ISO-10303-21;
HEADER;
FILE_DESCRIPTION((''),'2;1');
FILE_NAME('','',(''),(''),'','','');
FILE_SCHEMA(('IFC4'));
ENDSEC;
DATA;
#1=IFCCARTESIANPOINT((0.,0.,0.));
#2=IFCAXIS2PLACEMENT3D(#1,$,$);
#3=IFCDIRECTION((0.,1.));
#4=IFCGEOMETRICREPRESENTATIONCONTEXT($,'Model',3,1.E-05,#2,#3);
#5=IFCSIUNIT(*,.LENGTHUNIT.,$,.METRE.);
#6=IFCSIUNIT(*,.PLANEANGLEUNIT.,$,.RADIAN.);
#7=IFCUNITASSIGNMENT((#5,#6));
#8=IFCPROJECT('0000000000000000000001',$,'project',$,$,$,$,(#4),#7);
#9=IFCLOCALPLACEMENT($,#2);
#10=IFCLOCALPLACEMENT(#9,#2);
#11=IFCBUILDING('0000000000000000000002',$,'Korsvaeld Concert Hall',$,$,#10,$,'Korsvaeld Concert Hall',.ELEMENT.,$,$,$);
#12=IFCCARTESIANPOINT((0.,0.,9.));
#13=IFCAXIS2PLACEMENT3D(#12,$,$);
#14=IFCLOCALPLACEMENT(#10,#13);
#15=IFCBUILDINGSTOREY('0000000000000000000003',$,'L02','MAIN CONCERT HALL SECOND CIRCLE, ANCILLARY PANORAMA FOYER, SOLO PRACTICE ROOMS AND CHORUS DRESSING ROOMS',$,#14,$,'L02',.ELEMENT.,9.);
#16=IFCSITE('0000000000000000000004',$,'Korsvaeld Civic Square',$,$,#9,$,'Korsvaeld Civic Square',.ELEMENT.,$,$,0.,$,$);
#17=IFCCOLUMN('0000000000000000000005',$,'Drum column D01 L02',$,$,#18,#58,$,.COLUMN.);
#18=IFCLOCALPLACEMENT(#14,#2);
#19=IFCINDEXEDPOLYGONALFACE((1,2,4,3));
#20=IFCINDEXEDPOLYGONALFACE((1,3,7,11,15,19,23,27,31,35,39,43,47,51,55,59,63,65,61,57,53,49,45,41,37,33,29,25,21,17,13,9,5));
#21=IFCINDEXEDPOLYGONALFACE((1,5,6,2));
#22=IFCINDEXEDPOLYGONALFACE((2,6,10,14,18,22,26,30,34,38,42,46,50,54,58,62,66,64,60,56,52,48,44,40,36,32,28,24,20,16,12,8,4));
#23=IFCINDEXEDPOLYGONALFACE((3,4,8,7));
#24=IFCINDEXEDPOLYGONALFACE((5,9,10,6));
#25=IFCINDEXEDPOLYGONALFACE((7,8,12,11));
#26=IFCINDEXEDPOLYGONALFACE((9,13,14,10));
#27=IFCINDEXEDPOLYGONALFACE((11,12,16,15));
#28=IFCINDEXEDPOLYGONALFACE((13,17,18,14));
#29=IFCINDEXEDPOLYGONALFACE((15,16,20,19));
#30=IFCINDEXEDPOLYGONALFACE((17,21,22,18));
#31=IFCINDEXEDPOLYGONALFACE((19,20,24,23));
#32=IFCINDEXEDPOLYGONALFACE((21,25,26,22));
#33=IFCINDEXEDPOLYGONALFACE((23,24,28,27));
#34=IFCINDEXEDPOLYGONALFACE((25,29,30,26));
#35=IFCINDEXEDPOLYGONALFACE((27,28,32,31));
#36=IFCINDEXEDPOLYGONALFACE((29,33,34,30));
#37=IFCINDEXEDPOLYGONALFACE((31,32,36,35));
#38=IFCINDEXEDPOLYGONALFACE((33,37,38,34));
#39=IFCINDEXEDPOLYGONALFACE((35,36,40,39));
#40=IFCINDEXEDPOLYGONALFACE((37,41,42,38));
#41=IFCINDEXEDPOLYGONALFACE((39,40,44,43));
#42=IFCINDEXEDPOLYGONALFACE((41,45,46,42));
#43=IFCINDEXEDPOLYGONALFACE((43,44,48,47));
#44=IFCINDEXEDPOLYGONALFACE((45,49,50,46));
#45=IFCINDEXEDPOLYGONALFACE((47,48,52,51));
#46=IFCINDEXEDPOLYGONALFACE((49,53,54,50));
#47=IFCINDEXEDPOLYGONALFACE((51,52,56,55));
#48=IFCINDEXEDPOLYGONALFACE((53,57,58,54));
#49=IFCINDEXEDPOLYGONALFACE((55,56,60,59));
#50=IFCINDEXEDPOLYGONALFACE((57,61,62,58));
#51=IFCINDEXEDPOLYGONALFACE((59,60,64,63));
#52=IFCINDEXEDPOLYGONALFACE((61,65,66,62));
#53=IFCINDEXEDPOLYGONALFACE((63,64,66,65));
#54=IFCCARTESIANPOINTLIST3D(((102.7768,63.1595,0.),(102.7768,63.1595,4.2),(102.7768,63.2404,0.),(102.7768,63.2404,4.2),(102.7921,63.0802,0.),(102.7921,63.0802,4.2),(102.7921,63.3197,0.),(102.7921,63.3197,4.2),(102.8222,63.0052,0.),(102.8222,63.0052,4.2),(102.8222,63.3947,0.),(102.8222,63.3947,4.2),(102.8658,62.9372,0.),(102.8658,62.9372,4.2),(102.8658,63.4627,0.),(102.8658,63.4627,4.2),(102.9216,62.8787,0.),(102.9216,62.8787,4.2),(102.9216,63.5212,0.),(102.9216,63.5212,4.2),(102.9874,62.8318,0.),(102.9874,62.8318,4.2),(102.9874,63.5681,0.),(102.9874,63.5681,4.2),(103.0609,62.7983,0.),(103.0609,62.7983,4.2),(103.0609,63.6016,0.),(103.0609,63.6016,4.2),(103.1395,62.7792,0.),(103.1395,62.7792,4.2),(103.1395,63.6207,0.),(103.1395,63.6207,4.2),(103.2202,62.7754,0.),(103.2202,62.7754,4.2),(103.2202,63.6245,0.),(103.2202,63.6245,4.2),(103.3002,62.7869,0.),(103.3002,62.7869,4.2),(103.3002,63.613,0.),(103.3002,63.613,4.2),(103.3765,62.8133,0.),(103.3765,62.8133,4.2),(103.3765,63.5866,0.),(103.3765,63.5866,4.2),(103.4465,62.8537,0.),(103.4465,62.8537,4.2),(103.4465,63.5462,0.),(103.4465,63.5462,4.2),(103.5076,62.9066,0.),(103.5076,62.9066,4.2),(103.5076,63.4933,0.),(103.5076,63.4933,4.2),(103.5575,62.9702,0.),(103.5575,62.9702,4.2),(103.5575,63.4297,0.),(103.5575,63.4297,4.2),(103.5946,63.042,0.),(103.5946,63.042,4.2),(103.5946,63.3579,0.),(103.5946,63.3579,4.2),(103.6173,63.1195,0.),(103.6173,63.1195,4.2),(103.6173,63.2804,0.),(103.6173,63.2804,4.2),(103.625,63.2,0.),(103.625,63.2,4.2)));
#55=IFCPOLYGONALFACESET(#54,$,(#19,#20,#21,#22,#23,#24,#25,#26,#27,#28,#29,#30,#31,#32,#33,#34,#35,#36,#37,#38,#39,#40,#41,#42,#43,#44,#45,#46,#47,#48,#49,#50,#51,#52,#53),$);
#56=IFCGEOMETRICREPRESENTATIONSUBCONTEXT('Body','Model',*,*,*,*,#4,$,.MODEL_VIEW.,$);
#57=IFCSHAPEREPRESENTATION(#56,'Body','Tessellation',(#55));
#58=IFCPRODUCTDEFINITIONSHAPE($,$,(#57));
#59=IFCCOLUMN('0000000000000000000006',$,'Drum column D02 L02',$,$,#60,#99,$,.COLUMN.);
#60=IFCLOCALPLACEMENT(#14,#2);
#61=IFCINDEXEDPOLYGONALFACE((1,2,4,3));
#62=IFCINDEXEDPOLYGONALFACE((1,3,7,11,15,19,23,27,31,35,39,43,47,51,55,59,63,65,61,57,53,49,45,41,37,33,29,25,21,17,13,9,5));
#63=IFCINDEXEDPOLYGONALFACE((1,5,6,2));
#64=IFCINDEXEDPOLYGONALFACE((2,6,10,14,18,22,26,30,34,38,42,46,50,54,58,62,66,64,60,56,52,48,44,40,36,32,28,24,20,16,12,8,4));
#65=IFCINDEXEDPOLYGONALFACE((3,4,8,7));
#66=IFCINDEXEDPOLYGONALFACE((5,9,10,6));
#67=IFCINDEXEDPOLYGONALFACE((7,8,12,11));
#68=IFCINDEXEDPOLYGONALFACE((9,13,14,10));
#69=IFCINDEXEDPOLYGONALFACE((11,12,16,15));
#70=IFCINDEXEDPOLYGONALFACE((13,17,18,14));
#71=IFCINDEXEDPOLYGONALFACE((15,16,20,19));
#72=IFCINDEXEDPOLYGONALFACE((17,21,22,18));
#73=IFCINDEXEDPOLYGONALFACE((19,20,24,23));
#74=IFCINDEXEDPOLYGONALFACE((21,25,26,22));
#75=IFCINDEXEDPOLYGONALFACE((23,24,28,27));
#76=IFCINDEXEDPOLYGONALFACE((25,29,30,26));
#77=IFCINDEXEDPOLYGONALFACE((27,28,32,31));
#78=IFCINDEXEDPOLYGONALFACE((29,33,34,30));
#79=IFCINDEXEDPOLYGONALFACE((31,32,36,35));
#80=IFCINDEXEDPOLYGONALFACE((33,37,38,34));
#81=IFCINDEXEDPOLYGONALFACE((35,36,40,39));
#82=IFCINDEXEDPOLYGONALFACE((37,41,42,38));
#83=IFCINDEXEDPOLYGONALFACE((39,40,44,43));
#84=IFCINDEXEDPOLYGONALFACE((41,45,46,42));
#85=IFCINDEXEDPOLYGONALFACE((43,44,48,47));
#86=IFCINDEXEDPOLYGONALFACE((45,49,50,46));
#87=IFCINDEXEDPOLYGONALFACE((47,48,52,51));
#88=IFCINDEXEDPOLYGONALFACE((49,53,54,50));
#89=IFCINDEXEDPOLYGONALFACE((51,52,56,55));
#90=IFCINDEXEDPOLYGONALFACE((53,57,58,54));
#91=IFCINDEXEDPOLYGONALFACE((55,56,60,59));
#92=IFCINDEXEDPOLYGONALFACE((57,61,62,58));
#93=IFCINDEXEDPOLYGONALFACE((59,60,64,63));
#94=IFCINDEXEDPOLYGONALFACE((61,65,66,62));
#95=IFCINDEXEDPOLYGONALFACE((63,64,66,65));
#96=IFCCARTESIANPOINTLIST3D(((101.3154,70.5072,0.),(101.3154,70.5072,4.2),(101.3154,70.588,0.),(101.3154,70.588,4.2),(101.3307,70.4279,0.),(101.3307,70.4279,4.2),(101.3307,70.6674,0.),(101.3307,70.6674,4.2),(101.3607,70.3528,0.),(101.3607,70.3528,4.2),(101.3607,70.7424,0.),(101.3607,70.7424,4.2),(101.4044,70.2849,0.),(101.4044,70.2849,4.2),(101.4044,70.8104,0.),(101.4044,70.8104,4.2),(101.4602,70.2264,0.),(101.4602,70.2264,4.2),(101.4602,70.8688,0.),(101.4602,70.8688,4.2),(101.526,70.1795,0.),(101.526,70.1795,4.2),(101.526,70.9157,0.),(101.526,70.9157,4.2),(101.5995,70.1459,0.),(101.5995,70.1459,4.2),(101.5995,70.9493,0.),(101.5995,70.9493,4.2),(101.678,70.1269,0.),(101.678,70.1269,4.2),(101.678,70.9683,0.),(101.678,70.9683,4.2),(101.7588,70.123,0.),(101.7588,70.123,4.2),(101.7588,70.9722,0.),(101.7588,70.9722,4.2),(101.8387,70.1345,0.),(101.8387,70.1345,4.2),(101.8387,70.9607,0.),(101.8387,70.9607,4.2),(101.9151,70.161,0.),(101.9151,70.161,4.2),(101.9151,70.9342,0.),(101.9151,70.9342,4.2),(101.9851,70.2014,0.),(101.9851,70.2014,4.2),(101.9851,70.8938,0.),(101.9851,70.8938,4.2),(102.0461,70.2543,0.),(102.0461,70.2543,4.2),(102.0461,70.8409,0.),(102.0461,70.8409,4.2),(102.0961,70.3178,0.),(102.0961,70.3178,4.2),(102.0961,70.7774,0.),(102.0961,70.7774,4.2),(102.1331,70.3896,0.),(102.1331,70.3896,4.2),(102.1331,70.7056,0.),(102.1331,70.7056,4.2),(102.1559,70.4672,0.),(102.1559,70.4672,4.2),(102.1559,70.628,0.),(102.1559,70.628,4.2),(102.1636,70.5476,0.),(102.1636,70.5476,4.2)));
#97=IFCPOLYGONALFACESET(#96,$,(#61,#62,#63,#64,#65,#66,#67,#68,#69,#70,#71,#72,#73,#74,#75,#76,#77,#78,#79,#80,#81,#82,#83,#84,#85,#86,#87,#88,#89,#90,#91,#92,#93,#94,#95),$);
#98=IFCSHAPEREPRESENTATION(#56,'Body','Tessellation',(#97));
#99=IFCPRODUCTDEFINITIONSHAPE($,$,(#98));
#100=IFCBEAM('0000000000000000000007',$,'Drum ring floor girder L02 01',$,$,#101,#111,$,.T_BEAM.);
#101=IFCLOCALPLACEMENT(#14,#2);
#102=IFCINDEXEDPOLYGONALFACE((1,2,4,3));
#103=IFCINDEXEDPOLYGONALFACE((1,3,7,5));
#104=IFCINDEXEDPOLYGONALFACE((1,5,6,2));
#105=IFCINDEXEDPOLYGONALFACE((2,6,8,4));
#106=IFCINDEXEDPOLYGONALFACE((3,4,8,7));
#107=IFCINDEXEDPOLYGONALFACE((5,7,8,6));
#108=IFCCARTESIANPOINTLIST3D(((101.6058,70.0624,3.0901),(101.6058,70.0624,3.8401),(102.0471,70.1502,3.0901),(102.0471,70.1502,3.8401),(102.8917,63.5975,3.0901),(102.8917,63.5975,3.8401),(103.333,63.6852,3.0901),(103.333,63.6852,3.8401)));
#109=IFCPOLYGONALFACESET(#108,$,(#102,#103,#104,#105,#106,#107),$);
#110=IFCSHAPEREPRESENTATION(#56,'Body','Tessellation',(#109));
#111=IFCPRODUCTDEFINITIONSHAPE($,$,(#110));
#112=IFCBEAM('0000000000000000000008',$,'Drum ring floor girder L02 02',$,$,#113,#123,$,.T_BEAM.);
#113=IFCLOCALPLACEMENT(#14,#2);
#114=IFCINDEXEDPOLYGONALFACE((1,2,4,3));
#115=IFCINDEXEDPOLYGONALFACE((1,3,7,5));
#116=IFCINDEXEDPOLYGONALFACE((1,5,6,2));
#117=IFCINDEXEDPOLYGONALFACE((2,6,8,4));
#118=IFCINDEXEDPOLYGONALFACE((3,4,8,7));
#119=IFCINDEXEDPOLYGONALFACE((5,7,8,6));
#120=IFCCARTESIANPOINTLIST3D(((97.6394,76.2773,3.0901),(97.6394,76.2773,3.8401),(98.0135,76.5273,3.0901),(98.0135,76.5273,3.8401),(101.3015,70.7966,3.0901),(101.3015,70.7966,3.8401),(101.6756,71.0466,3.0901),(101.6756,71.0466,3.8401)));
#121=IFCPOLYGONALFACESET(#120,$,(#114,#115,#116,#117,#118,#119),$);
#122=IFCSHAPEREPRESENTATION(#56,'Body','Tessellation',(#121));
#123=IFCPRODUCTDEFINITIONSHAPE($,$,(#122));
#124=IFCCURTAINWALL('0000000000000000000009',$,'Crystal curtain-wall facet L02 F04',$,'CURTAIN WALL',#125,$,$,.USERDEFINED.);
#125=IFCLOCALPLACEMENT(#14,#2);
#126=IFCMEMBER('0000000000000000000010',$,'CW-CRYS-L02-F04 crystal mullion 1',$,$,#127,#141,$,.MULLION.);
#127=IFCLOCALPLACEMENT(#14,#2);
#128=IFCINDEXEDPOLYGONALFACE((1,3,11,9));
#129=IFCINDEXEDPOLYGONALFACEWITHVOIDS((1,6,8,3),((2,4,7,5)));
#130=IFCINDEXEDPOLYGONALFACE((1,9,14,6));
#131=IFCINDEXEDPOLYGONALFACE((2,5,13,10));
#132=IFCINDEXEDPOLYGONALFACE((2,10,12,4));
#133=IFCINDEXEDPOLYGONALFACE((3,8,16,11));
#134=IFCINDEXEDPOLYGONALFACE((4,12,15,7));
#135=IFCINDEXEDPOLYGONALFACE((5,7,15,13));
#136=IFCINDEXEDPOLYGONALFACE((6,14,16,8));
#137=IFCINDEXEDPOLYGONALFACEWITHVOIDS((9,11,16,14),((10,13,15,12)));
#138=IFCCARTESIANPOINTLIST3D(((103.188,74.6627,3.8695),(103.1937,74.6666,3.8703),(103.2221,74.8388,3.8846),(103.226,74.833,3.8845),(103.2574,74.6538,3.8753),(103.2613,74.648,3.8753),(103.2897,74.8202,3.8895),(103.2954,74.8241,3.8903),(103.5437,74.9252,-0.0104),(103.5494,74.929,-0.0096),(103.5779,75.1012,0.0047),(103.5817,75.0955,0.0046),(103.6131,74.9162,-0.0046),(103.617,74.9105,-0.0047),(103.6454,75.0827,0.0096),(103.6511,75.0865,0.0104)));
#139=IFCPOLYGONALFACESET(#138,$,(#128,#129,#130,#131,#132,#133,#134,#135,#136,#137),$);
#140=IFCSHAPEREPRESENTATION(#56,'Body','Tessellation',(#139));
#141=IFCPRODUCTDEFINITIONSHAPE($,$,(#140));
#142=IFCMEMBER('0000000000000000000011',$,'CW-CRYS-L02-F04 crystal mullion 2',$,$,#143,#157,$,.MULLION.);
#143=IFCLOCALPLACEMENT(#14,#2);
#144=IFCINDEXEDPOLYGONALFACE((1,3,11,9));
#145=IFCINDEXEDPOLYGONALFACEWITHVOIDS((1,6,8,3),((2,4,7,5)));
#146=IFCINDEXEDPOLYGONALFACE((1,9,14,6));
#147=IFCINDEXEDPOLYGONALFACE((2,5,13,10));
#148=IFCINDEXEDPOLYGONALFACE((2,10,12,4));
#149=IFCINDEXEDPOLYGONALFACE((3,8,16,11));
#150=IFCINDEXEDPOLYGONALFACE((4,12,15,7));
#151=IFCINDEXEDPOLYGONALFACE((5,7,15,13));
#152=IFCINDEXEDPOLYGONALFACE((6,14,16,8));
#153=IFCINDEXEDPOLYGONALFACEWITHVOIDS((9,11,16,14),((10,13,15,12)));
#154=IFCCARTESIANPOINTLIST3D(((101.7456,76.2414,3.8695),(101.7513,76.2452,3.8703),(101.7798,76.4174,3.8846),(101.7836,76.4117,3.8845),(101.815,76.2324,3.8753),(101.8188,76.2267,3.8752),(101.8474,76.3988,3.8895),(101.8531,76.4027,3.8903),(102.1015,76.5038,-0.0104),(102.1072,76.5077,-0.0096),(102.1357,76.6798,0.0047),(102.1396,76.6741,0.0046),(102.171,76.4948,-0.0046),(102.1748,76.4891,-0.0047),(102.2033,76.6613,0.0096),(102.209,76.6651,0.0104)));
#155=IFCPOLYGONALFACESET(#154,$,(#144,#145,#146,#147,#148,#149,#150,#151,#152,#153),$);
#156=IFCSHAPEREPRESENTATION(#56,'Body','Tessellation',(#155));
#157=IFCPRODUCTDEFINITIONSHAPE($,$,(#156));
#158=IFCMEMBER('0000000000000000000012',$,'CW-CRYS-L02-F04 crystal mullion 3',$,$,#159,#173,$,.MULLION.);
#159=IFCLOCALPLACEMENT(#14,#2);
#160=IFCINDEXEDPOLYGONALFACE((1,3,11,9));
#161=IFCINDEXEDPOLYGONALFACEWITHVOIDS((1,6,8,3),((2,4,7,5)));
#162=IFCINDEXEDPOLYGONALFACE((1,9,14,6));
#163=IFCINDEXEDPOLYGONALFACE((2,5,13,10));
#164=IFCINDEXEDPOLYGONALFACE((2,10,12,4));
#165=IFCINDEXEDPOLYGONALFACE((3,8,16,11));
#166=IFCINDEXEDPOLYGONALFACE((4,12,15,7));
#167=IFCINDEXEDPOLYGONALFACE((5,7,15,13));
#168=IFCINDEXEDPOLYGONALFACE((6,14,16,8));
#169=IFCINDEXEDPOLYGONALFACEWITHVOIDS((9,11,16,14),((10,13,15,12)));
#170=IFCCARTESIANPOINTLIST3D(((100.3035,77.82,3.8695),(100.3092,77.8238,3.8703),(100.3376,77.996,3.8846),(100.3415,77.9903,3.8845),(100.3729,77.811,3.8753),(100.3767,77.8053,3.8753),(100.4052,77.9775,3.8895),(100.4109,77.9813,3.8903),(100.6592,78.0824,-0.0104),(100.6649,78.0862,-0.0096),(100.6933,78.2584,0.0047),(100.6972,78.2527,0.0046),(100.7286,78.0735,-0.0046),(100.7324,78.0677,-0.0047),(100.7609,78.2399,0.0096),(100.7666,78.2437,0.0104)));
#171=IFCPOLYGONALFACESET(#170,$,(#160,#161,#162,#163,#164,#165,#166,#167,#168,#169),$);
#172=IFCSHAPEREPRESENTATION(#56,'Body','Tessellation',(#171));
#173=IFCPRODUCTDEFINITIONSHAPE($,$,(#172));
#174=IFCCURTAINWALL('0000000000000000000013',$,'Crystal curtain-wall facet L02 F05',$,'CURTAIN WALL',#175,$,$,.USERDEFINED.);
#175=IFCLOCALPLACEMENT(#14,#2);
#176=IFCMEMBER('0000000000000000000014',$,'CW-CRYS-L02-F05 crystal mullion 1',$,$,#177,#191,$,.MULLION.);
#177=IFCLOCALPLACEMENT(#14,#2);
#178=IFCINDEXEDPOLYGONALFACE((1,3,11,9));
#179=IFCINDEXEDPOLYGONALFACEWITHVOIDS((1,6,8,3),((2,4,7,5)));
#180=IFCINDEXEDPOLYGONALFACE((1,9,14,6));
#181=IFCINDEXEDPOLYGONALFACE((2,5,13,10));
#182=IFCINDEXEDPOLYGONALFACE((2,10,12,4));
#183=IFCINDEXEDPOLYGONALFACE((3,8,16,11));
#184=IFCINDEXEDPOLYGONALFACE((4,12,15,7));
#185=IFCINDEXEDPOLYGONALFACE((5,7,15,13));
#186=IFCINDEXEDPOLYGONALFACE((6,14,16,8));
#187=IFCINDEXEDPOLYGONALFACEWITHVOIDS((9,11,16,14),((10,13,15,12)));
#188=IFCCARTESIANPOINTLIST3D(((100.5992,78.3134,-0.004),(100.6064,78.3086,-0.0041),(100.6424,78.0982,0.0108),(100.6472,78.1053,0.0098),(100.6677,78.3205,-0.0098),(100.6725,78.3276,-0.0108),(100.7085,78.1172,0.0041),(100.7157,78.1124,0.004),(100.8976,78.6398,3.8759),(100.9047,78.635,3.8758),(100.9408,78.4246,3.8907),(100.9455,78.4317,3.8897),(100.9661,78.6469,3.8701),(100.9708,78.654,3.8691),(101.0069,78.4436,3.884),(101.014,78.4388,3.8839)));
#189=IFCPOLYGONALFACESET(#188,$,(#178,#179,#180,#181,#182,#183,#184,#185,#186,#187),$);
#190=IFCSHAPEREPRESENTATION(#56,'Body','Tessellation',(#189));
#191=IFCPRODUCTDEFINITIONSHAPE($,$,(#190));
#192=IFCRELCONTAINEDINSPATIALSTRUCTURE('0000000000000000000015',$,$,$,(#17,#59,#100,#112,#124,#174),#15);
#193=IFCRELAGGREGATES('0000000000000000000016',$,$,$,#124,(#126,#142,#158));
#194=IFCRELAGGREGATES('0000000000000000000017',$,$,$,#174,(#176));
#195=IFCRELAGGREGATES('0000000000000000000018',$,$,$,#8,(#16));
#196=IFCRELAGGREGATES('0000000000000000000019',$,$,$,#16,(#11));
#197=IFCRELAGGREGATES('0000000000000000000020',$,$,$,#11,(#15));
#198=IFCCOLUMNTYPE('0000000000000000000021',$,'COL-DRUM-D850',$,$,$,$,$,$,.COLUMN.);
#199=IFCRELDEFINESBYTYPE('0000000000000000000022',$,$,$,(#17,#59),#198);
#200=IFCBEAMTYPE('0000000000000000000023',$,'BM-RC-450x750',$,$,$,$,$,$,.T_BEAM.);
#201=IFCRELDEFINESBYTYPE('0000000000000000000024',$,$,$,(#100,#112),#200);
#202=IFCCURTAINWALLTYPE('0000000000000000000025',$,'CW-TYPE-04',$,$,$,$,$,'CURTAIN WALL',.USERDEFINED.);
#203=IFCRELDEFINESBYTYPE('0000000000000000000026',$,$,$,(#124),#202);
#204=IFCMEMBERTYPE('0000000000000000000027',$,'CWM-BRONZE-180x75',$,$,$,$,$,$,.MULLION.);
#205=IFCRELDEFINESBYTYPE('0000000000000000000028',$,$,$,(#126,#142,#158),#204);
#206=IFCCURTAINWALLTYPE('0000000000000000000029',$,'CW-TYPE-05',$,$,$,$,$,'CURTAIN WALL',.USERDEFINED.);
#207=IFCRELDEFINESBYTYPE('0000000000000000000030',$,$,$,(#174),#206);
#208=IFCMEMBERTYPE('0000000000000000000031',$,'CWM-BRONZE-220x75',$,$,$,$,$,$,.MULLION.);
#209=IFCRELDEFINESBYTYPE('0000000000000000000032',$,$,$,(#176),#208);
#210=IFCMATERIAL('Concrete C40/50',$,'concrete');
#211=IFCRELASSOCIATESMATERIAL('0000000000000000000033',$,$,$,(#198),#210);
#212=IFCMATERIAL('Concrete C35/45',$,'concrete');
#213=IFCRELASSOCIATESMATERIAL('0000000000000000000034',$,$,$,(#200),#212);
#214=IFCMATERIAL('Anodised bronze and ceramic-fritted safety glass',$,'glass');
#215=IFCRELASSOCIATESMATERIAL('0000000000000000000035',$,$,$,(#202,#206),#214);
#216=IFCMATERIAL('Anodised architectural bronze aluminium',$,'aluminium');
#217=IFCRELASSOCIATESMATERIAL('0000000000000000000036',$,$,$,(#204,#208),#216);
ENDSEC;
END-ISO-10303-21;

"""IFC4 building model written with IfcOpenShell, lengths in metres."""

from ifc_helpers import new_model, si_unit, direction, frame, origin, origin_2d, place, context, subcontext, project, spatial, rectangle, hollow_rectangle, circle, extrude, material, material_profile, profile_set, type_object, element, aggregate, save


model = new_model("IFC4")

# Units and contexts
model_context = context("Model", 3, precision=1e-05, world=origin(), true_north=direction((0.0, 1.0)))
body_context = subcontext(model_context, "Body", "Model", "MODEL_VIEW")
ifc_project = project(units=[si_unit("LENGTHUNIT", "METRE"), si_unit("PLANEANGLEUNIT", "RADIAN")], contexts=[model_context])

# Site, building, storey
site_placement = place(None, origin())
site = spatial("IfcSite", under=ifc_project, at=site_placement, Name="Korsvaeld Civic Square", LongName="Korsvaeld Civic Square", CompositionType="ELEMENT", RefElevation=0.0)
building_placement = place(site_placement, origin())
building = spatial("IfcBuilding", under=site, at=building_placement, Name="Korsvaeld Concert Hall", LongName="Korsvaeld Concert Hall", CompositionType="ELEMENT")
storey_placement = place(building_placement, frame((0.0, 0.0, 9.0)))
storey = spatial("IfcBuildingStorey", under=building, at=storey_placement, Name="L02", Description="MAIN CONCERT HALL SECOND CIRCLE, ANCILLARY PANORAMA FOYER, SOLO PRACTICE ROOMS AND CHORUS DRESSING ROOMS", LongName="L02", CompositionType="ELEMENT", Elevation=9.0)

# Columns
ifc_material_1 = material(Name="Concrete C40/50", Category="concrete")
ifc_material_profile_1 = material_profile(ifc_material_1, circle(Radius=0.425, at=origin_2d()), Name="RC D850")
ifc_profile_set_1 = profile_set([ifc_material_profile_1], Name="Concrete C40/50")
column_type = type_object("IfcColumnType", Name="COL-DRUM-D850", PredefinedType="COLUMN", material=ifc_profile_set_1)
for number, where, z_axis, x_axis, name in (
    (1, (103.2, 63.2, 0.0), (0.0, 0.0, 1.0), (1.0, 0.0, 0.0), "Drum column D01 L02"),
    (2, (101.7385, 70.5476, 0.0), (0.0, 0.0, 1.0), (1.0, 0.0, 0.0), "Drum column D02 L02"),
):
    element("IfcColumn", number, at=place(storey_placement, frame(where, z_axis=z_axis, x_axis=x_axis)), inside=storey, type_object=column_type, Name=name, PredefinedType="COLUMN", context=body_context, shape_type="SweptSolid", body=[
        extrude(circle(Radius=0.425, at=origin_2d()), origin(), (0.0, 0.0, 1.0), 4.2),
    ])

# Beams
ifc_material_2 = material(Name="Concrete C35/45", Category="concrete")
ifc_material_profile_2 = material_profile(ifc_material_2, rectangle(XDim=0.45, YDim=0.75, at=origin_2d()), Name="RC 450x750")
ifc_profile_set_2 = profile_set([ifc_material_profile_2], Name="Concrete C35/45")
beam_type = type_object("IfcBeamType", Name="BM-RC-450x750", PredefinedType="T_BEAM", material=ifc_profile_set_2)
for number, where, z_axis, x_axis, name in (
    (3, (103.1123, 63.6414, 3.4651), (-0.195083, 0.980787, 0.0), (-0.980787, -0.195083, 0.0), "Drum ring floor girder L02 01"),
    (4, (101.4885, 70.9216, 3.4651), (-0.555572, 0.831469, 0.0), (-0.831469, -0.555572, 0.0), "Drum ring floor girder L02 02"),
):
    element("IfcBeam", number, at=place(storey_placement, frame(where, z_axis=z_axis, x_axis=x_axis)), inside=storey, type_object=beam_type, Name=name, PredefinedType="T_BEAM", context=body_context, shape_type="SweptSolid", body=[
        extrude(rectangle(XDim=0.45, YDim=0.75, at=origin_2d()), origin(), (0.0, 0.0, 1.0), 6.5916),
    ])

# Curtain wall, members
ifc_material_3 = material(Name="Anodised bronze and ceramic-fritted safety glass", Category="glass")
curtain_wall_type_1 = type_object("IfcCurtainWallType", Name="CW-TYPE-04", ElementType="CURTAIN WALL", PredefinedType="USERDEFINED", material=ifc_material_3)
curtain_wall_1_placement = place(storey_placement, origin())
curtain_wall_1 = element("IfcCurtainWall", 5, at=curtain_wall_1_placement, inside=storey, type_object=curtain_wall_type_1, Name="Crystal curtain-wall facet L02 F04", ObjectType="CURTAIN WALL", PredefinedType="USERDEFINED")
ifc_material_4 = material(Name="Anodised architectural bronze aluminium", Category="aluminium")
ifc_material_profile_3 = material_profile(ifc_material_4, hollow_rectangle(XDim=0.075, YDim=0.1799, WallThickness=0.0049, at=origin_2d()), Name="CWM 180x75x5")
ifc_profile_set_3 = profile_set([ifc_material_profile_3], Name="Anodised architectural bronze aluminium")
member_type_1 = type_object("IfcMemberType", Name="CWM-BRONZE-180x75", PredefinedType="MULLION", material=ifc_profile_set_3)
member_1_placement = place(storey_placement, frame((103.5974, 75.0059, 0.0), z_axis=(-0.091092, -0.067209, 0.993572), x_axis=(-0.977585, 0.196208, -0.076354)))
member_1 = element("IfcMember", 6, at=member_1_placement, type_object=member_type_1, Name="CW-CRYS-L02-F04 crystal mullion 1", PredefinedType="MULLION", context=body_context, shape_type="SweptSolid", body=[
    extrude(hollow_rectangle(XDim=0.075, YDim=0.1799, WallThickness=0.0049, at=origin_2d()), origin(), (0.0, 0.0, 1.0), 3.905),
])
member_2_placement = place(storey_placement, frame((102.1553, 76.5845, 0.0), z_axis=(-0.091154, -0.067209, 0.993566), x_axis=(-0.977518, 0.196531, -0.076388)))
member_2 = element("IfcMember", 7, at=member_2_placement, type_object=member_type_1, Name="CW-CRYS-L02-F04 crystal mullion 2", PredefinedType="MULLION", context=body_context, shape_type="SweptSolid", body=[
    extrude(hollow_rectangle(XDim=0.075, YDim=0.1799, WallThickness=0.0049, at=origin_2d()), origin(), (0.0, 0.0, 1.0), 3.905),
])
member_3_placement = place(storey_placement, frame((100.7129, 78.1631, 0.0), z_axis=(-0.091092, -0.067209, 0.993572), x_axis=(-0.977585, 0.196208, -0.076354)))
member_3 = element("IfcMember", 8, at=member_3_placement, type_object=member_type_1, Name="CW-CRYS-L02-F04 crystal mullion 3", PredefinedType="MULLION", context=body_context, shape_type="SweptSolid", body=[
    extrude(hollow_rectangle(XDim=0.075, YDim=0.1799, WallThickness=0.0049, at=origin_2d()), origin(), (0.0, 0.0, 1.0), 3.905),
])

# Curtain wall, member
curtain_wall_type_2 = type_object("IfcCurtainWallType", Name="CW-TYPE-05", ElementType="CURTAIN WALL", PredefinedType="USERDEFINED", material=ifc_material_3)
curtain_wall_2_placement = place(storey_placement, origin())
curtain_wall_2 = element("IfcCurtainWall", 9, at=curtain_wall_2_placement, inside=storey, type_object=curtain_wall_type_2, Name="Crystal curtain-wall facet L02 F05", ObjectType="CURTAIN WALL", PredefinedType="USERDEFINED")
ifc_material_profile_4 = material_profile(ifc_material_4, hollow_rectangle(XDim=0.075, YDim=0.22, WallThickness=0.0061, at=origin_2d()), Name="CWM 220x75x6")
ifc_profile_set_4 = profile_set([ifc_material_profile_4], Name="Anodised architectural bronze aluminium")
member_type_2 = type_object("IfcMemberType", Name="CWM-BRONZE-220x75", PredefinedType="MULLION", material=ifc_profile_set_4)
member_4_placement = place(storey_placement, frame((100.6575, 78.2129, 0.0), z_axis=(0.076399, 0.083589, 0.993567), x_axis=(0.977549, 0.18997, -0.09115)))
member_4 = element("IfcMember", 10, at=member_4_placement, type_object=member_type_2, Name="CW-CRYS-L02-F05 crystal mullion 1", PredefinedType="MULLION", context=body_context, shape_type="SweptSolid", body=[
    extrude(hollow_rectangle(XDim=0.075, YDim=0.22, WallThickness=0.0061, at=origin_2d()), origin(), (0.0, 0.0, 1.0), 3.905),
])

aggregate(curtain_wall_1, [member_1, member_2, member_3])
aggregate(curtain_wall_2, [member_4])

save(model, "model.ifc")
